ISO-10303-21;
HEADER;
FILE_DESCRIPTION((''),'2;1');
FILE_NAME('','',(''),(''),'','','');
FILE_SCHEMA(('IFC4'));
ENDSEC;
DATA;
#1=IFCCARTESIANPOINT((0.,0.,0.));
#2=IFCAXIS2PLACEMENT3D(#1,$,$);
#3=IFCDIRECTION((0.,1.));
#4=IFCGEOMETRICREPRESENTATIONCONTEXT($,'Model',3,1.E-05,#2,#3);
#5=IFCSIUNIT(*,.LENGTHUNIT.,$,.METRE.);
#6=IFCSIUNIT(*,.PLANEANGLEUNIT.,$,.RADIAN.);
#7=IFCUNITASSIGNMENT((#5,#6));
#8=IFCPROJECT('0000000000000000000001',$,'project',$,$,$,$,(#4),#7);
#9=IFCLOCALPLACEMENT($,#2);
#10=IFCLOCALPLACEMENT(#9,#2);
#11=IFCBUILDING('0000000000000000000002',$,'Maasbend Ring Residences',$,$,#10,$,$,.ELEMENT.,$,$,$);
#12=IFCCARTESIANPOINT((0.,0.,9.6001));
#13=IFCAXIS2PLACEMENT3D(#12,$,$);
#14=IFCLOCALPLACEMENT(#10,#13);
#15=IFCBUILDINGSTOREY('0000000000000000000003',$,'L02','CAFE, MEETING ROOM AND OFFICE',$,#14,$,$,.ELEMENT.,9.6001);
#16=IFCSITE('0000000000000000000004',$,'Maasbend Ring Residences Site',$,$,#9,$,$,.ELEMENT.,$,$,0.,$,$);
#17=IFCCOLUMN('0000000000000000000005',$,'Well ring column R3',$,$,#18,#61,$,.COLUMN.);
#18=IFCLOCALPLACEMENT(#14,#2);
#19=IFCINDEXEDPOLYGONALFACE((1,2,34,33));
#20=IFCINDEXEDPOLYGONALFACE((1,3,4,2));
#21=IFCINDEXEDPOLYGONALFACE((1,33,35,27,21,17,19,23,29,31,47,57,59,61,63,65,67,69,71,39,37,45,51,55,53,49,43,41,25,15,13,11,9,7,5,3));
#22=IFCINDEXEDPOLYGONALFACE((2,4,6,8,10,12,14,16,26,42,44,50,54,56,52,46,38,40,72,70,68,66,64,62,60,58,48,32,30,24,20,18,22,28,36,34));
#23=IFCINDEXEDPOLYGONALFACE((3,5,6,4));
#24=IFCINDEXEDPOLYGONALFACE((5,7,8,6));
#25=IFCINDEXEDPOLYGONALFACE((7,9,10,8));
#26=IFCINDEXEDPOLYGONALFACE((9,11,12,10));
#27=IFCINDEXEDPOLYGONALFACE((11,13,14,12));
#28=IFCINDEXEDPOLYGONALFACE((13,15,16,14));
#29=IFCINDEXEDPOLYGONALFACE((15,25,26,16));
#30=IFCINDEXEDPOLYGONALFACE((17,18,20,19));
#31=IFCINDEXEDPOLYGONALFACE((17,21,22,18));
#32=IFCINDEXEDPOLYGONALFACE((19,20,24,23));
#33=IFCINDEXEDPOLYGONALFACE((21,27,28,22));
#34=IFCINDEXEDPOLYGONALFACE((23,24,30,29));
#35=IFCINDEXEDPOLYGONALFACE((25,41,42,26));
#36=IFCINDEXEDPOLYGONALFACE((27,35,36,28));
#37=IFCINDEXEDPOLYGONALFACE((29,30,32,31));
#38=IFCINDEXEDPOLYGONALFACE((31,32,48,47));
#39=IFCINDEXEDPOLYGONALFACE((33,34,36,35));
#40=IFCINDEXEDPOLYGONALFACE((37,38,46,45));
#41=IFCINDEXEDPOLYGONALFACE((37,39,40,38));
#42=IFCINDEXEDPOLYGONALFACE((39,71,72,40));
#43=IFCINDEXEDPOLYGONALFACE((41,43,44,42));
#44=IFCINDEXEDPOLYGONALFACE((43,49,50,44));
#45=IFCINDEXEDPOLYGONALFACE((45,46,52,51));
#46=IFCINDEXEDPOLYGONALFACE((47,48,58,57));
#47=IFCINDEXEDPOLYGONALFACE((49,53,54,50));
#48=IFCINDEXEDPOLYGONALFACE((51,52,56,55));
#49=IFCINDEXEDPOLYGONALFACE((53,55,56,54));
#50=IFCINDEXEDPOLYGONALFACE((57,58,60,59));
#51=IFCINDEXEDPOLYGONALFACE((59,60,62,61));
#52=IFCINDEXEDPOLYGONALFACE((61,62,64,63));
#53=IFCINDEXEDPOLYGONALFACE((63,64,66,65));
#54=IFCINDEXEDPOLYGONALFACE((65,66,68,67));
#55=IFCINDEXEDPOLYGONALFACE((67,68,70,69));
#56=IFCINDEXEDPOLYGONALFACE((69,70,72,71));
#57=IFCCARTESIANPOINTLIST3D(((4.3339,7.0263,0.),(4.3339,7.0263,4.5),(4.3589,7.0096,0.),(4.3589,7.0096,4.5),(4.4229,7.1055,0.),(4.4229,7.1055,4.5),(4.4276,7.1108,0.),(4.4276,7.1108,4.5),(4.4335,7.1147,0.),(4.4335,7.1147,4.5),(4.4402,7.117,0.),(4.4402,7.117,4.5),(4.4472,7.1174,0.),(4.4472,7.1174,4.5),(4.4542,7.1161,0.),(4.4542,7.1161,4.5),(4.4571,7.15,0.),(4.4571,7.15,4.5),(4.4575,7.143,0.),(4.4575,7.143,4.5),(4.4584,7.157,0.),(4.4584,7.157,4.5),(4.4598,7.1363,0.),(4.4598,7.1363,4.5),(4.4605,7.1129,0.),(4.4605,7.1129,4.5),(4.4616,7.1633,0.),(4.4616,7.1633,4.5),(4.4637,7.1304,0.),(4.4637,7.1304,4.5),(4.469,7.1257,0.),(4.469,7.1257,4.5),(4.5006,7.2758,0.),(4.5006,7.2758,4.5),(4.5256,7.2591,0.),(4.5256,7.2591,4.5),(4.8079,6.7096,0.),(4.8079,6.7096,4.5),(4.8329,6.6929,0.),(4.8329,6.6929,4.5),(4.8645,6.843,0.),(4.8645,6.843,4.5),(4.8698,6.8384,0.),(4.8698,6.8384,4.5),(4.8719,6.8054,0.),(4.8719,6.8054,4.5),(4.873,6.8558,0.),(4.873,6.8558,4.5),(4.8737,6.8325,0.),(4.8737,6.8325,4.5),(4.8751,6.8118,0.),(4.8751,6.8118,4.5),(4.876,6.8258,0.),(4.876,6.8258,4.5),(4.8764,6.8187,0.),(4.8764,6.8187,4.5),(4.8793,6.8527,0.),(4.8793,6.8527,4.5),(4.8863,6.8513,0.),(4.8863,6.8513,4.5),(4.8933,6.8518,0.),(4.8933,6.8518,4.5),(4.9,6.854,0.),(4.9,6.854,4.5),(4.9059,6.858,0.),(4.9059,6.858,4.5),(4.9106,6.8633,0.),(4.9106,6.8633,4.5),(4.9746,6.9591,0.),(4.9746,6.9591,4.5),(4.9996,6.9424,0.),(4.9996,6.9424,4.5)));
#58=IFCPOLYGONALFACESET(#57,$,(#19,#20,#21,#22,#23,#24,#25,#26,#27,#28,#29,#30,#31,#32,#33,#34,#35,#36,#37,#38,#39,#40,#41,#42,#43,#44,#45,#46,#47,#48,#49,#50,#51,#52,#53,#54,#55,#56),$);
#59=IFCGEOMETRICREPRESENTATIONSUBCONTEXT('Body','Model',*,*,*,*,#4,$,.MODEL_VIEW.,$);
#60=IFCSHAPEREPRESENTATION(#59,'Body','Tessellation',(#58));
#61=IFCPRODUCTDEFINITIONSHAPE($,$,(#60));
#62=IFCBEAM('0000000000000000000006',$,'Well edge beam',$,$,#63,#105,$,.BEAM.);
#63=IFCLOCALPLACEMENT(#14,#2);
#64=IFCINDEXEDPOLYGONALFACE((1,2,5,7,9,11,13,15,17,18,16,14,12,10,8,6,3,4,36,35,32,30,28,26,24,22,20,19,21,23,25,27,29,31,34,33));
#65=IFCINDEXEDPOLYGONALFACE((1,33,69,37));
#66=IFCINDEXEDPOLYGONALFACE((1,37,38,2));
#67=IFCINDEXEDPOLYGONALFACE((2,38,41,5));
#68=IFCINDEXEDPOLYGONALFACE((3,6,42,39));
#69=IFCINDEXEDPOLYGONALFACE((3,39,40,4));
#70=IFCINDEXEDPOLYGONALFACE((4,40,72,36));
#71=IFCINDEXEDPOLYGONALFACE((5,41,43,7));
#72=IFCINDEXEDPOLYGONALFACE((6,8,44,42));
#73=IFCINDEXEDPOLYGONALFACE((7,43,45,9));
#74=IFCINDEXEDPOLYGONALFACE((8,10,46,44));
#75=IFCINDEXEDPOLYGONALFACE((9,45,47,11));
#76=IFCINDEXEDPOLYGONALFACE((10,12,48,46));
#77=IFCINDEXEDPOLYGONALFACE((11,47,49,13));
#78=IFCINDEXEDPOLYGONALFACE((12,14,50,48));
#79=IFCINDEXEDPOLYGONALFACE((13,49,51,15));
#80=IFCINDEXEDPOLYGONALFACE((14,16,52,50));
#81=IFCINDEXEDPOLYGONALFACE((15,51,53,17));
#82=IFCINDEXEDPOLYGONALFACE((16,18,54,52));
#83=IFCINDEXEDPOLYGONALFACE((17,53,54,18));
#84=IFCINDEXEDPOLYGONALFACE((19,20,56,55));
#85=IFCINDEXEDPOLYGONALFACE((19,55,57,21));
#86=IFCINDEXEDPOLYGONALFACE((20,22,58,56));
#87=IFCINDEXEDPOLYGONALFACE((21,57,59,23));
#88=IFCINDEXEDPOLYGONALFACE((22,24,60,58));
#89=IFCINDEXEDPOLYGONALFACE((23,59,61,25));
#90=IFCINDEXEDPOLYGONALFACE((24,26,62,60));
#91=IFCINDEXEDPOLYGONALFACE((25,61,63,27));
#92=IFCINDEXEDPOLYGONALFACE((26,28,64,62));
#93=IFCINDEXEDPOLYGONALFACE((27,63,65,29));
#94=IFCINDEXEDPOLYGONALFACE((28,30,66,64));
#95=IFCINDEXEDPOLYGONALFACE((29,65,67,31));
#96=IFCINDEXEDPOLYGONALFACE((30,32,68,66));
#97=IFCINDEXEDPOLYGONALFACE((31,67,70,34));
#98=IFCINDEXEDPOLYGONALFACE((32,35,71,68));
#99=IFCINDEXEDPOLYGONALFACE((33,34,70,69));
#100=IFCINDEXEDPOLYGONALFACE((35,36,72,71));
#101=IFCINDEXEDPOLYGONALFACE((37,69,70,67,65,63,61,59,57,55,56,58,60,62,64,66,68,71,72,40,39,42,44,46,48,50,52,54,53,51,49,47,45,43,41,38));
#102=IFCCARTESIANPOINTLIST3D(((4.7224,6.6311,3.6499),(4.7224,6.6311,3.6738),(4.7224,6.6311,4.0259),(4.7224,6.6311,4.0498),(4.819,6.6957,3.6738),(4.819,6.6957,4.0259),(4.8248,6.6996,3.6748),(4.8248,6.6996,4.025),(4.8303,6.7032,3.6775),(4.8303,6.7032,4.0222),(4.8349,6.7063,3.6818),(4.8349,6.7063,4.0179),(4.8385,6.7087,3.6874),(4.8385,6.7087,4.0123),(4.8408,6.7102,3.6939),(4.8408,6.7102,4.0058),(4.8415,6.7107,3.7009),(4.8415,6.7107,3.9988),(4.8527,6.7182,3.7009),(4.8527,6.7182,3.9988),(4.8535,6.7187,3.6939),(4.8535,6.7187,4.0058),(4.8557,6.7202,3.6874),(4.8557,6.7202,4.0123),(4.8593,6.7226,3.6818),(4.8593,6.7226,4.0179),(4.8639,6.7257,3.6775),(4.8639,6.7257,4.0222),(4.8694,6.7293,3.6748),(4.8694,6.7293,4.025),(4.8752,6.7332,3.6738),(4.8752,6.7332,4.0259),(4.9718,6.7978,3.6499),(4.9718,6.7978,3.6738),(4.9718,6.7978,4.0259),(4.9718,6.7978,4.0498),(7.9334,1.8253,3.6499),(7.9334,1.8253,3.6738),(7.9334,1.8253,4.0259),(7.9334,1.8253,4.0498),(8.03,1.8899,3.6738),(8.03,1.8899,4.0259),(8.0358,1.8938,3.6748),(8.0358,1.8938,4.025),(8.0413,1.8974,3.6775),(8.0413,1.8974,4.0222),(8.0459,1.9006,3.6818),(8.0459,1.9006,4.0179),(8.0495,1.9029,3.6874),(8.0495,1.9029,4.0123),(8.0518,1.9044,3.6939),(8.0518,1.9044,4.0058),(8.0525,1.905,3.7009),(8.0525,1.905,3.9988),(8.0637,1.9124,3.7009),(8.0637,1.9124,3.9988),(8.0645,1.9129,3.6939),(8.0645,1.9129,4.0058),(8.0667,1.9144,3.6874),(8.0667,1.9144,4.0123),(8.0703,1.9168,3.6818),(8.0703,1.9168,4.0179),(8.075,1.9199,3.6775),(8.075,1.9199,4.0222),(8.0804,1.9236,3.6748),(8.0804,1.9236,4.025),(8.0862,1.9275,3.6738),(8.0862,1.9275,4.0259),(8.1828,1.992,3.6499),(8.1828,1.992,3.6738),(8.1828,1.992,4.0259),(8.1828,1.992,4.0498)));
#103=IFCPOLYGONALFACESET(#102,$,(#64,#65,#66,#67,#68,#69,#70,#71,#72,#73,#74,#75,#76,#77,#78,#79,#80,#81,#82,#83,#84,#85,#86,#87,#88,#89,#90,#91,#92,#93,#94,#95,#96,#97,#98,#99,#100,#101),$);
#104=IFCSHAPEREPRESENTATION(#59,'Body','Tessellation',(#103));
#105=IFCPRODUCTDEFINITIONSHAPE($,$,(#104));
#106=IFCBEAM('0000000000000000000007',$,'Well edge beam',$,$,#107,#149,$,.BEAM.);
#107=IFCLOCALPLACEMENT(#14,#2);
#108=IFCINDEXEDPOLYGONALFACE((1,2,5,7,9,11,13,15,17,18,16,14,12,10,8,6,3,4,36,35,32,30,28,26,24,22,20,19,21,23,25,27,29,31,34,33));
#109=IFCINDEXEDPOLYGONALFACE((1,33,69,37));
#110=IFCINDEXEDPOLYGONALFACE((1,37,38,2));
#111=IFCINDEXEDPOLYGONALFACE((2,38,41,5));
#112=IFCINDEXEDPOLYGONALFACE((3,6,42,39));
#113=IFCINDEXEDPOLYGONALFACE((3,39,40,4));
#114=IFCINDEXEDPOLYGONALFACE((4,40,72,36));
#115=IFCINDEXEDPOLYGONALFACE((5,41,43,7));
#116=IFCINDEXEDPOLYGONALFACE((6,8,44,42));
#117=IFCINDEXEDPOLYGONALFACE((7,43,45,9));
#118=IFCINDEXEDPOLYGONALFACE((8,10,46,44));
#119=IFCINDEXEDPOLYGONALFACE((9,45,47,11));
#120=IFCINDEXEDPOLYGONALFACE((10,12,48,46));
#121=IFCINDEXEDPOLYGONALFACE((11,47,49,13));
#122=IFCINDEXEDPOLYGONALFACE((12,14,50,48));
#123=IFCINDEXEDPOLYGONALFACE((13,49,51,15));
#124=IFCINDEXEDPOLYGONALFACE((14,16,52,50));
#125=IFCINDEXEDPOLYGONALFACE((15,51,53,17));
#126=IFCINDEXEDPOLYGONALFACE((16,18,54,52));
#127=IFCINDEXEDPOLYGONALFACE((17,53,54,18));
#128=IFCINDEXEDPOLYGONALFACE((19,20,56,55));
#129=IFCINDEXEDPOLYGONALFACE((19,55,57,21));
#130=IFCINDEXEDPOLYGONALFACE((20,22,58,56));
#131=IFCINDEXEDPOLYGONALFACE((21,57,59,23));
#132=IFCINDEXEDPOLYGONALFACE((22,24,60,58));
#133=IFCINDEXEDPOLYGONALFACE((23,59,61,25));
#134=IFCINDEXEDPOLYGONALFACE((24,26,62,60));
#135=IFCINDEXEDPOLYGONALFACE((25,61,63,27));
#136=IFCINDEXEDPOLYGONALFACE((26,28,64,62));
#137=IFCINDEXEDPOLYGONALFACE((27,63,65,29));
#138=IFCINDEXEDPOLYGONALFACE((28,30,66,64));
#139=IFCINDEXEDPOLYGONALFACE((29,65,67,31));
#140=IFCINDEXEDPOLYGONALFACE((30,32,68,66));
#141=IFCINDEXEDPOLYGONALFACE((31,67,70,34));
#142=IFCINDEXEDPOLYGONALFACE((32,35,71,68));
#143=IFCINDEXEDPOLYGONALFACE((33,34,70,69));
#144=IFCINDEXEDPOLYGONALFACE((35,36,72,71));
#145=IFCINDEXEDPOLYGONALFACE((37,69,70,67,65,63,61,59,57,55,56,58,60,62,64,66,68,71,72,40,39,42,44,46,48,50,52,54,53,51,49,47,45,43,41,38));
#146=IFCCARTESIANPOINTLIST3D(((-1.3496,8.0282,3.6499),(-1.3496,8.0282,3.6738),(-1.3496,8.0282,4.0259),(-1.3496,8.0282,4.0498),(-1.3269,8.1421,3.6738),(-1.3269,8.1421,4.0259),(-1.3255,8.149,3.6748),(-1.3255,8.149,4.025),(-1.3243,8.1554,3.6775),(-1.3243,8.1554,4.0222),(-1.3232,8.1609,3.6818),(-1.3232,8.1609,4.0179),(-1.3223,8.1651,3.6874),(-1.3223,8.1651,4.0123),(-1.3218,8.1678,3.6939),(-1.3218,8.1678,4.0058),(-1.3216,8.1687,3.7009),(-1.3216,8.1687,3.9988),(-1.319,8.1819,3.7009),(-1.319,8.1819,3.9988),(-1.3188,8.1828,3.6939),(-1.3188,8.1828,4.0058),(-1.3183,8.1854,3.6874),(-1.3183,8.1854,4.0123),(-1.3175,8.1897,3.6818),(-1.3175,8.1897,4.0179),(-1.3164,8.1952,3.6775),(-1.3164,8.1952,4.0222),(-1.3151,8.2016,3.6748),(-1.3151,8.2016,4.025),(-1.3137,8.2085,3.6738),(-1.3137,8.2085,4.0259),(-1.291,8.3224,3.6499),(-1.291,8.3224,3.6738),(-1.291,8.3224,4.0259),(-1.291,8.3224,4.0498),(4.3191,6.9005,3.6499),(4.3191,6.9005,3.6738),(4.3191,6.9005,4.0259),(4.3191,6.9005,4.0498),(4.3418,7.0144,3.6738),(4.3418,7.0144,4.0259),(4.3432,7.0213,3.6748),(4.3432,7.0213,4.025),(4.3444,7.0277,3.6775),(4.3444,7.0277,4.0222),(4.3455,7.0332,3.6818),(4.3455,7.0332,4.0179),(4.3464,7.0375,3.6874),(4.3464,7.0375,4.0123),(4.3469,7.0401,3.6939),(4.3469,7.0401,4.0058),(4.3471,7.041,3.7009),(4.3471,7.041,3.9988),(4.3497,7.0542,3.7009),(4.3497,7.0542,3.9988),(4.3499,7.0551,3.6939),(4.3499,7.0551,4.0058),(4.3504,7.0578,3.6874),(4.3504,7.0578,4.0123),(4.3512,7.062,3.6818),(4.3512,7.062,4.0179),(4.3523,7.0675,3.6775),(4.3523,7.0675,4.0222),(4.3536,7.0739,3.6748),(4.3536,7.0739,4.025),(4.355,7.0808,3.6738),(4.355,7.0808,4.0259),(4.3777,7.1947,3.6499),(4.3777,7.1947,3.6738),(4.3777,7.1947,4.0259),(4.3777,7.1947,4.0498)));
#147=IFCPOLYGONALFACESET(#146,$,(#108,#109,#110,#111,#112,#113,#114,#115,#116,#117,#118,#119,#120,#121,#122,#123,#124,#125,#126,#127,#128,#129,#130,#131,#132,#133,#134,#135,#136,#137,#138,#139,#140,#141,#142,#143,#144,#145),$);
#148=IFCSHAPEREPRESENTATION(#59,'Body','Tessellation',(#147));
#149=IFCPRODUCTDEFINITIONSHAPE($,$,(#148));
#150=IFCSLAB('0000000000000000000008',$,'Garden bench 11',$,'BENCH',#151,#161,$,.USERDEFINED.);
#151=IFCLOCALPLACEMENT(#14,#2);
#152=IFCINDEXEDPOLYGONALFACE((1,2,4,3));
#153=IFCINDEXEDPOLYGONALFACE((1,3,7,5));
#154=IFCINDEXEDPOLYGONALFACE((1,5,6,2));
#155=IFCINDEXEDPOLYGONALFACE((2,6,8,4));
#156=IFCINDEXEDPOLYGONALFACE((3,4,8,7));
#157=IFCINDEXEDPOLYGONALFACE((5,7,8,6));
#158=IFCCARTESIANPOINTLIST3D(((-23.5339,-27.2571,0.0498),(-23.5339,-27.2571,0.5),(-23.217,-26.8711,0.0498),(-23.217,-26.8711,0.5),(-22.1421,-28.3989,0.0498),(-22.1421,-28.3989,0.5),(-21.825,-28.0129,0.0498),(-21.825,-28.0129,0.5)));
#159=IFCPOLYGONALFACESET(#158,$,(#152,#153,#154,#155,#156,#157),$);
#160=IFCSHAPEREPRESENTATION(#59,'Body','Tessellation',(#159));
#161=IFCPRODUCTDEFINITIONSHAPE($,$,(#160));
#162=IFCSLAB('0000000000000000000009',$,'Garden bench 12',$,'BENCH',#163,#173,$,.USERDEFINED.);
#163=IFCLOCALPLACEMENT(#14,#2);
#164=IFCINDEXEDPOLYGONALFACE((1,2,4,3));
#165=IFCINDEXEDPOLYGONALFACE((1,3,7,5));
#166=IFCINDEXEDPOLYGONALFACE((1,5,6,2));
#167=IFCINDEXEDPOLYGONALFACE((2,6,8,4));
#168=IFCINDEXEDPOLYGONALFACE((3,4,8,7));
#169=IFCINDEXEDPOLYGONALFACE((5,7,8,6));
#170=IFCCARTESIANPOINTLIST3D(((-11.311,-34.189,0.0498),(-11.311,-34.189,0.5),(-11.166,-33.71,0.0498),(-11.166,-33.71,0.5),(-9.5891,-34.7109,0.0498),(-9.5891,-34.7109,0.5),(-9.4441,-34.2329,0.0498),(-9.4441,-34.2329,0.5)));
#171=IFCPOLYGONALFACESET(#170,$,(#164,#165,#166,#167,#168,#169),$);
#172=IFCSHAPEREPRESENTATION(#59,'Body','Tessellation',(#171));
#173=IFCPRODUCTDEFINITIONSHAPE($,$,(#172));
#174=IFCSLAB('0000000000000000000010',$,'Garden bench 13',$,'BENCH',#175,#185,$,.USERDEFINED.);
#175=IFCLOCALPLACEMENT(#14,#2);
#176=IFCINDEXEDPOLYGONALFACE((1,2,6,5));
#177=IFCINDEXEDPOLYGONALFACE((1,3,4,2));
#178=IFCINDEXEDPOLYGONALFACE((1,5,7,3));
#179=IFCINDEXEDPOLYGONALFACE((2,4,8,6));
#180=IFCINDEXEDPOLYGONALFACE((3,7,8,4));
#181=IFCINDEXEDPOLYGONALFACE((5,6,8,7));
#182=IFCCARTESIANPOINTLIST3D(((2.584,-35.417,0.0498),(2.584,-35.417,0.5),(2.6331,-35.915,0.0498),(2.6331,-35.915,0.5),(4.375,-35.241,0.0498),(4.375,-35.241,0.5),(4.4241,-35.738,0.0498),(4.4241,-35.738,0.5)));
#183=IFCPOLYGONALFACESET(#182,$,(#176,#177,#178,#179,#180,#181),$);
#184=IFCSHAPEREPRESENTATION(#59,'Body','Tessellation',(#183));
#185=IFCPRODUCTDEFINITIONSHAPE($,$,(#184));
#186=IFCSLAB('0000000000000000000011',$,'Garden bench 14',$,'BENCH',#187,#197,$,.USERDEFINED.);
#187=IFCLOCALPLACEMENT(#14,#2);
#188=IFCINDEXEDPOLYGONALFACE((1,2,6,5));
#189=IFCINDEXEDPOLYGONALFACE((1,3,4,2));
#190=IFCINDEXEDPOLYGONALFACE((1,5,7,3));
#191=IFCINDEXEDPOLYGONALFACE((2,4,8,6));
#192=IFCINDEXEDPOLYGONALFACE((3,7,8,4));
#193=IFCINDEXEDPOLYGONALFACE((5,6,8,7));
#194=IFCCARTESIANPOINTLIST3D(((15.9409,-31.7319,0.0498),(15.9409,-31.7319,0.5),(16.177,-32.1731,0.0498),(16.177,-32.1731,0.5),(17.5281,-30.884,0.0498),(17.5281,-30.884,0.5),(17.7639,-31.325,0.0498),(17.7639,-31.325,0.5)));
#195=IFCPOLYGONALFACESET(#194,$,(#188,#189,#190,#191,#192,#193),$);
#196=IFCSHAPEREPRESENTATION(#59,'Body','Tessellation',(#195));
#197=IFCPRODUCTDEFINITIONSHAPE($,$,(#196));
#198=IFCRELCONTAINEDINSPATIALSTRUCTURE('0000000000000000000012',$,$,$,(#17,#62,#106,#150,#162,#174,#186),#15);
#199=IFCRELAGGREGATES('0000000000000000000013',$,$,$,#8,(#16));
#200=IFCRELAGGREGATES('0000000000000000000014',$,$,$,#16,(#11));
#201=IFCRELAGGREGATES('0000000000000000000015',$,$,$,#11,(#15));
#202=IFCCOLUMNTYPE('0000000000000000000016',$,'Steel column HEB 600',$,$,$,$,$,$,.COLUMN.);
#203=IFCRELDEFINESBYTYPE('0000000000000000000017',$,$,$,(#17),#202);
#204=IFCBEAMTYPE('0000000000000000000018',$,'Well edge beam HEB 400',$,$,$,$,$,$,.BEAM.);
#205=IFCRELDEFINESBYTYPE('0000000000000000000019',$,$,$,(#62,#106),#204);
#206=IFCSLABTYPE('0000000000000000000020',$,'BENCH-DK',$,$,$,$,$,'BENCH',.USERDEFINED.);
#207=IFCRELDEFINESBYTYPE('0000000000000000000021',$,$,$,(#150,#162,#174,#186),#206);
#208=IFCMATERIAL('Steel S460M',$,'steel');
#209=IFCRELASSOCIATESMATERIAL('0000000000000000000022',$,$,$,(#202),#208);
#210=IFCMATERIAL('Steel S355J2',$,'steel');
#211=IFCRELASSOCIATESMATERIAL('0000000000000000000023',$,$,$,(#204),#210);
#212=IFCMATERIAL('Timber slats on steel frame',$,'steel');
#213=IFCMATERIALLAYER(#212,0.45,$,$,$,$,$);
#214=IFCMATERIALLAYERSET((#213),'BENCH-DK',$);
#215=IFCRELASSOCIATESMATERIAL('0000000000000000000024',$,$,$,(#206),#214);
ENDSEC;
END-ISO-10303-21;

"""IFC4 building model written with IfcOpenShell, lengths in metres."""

from ifc_helpers import new_model, si_unit, direction, frame, origin, origin_2d, place, context, subcontext, project, spatial, polyline, i_section, outline, extrude, material, layer, layer_set, material_profile, profile_set, type_object, element, save


model = new_model("IFC4")

# Units and contexts
model_context = context("Model", 3, precision=1e-05, world=origin(), true_north=direction((0.0, 1.0)))
body_context = subcontext(model_context, "Body", "Model", "MODEL_VIEW")
ifc_project = project(units=[si_unit("LENGTHUNIT", "METRE"), si_unit("PLANEANGLEUNIT", "RADIAN")], contexts=[model_context])

# Site, building, storey
site_placement = place(None, origin())
site = spatial("IfcSite", under=ifc_project, at=site_placement, Name="Maasbend Ring Residences Site", CompositionType="ELEMENT", RefElevation=0.0)
building_placement = place(site_placement, origin())
building = spatial("IfcBuilding", under=site, at=building_placement, Name="Maasbend Ring Residences", CompositionType="ELEMENT")
storey_placement = place(building_placement, frame((0.0, 0.0, 9.6001)))
storey = spatial("IfcBuildingStorey", under=building, at=storey_placement, Name="L02", Description="CAFE, MEETING ROOM AND OFFICE", CompositionType="ELEMENT", Elevation=9.6001)

# Column
ifc_material_1 = material(Name="Steel S460M", Category="steel")
ifc_material_profile_1 = material_profile(ifc_material_1, i_section(OverallWidth=0.3, OverallDepth=0.6001, WebThickness=0.0154, FlangeThickness=0.03, FilletRadius=0.0271, at=origin_2d()), Name="HEB 600")
ifc_profile_set_1 = profile_set([ifc_material_profile_1], Name="Steel S460M")
column_type = type_object("IfcColumnType", Name="Steel column HEB 600", PredefinedType="COLUMN", material=ifc_profile_set_1)
column_placement = place(storey_placement, frame((4.6667, 6.9844, 0.0), z_axis=(0.0, 0.0, 1.0), x_axis=(0.55557, 0.83147, 0.0)))
element("IfcColumn", 1, at=column_placement, inside=storey, type_object=column_type, Name="Well ring column R3", PredefinedType="COLUMN", context=body_context, shape_type="SweptSolid", body=[
    extrude(i_section(OverallWidth=0.3, OverallDepth=0.6001, WebThickness=0.0154, FlangeThickness=0.03, FilletRadius=0.0271, at=origin_2d()), origin(), (0.0, 0.0, 1.0), 4.5),
])

# Beams
ifc_material_2 = material(Name="Steel S355J2", Category="steel")
ifc_material_profile_2 = material_profile(ifc_material_2, i_section(OverallWidth=0.3, OverallDepth=0.3999, WebThickness=0.0134, FlangeThickness=0.0239, FilletRadius=0.0271, at=origin_2d()), Name="HEB 400")
ifc_profile_set_2 = profile_set([ifc_material_profile_2], Name="Steel S355J2")
beam_type = type_object("IfcBeamType", Name="Well edge beam HEB 400", PredefinedType="BEAM", material=ifc_profile_set_2)
for number, where, z_axis, x_axis, name in (
    (2, (8.0581, 1.9087, 3.8499), (-0.555558, 0.831478, 0.0), (-0.831478, -0.555558, 0.0), "Well edge beam"),
    (3, (4.3484, 7.0476, 3.8499), (-0.980782, 0.195109, 0.0), (-0.195109, -0.980782, 0.0), "Well edge beam"),
):
    element("IfcBeam", number, at=place(storey_placement, frame(where, z_axis=z_axis, x_axis=x_axis)), inside=storey, type_object=beam_type, Name=name, PredefinedType="BEAM", context=body_context, shape_type="SweptSolid", body=[
        extrude(i_section(OverallWidth=0.3, OverallDepth=0.3999, WebThickness=0.0134, FlangeThickness=0.0239, FilletRadius=0.0271, at=origin_2d()), origin(), (0.0, 0.0, 1.0), 5.7798),
    ])

# Slabs
ifc_material_3 = material(Name="Timber slats on steel frame", Category="steel")
ifc_layer_1 = layer(ifc_material_3, 0.45)
ifc_layer_set_1 = layer_set([ifc_layer_1], Name="BENCH-DK")
slab_type_1 = type_object("IfcSlabType", Name="BENCH-DK", ElementType="BENCH", PredefinedType="USERDEFINED", material=ifc_layer_set_1)
slab_1_placement = place(storey_placement, frame((0.0, 0.0, 0.0498)))
element("IfcSlab", 4, at=slab_1_placement, inside=storey, type_object=slab_type_1, Name="Garden bench 11", ObjectType="BENCH", PredefinedType="USERDEFINED", context=body_context, shape_type="SweptSolid", body=[
    extrude(outline(polyline([(-23.5339, -27.2571), (-22.1421, -28.3989), (-21.825, -28.0129), (-23.217, -26.8711), (-23.5339, -27.2571)])), origin(), (0.0, 0.0, 1.0), 0.4502),
])
slab_2_placement = place(storey_placement, frame((0.0, 0.0, 0.0498)))
element("IfcSlab", 5, at=slab_2_placement, inside=storey, type_object=slab_type_1, Name="Garden bench 12", ObjectType="BENCH", PredefinedType="USERDEFINED", context=body_context, shape_type="SweptSolid", body=[
    extrude(outline(polyline([(-11.311, -34.189), (-9.5891, -34.7109), (-9.4441, -34.2329), (-11.166, -33.71), (-11.311, -34.189)])), origin(), (0.0, 0.0, 1.0), 0.4502),
])
slab_3_placement = place(storey_placement, frame((0.0, 0.0, 0.0498)))
element("IfcSlab", 6, at=slab_3_placement, inside=storey, type_object=slab_type_1, Name="Garden bench 13", ObjectType="BENCH", PredefinedType="USERDEFINED", context=body_context, shape_type="SweptSolid", body=[
    extrude(outline(polyline([(2.6331, -35.915), (4.4241, -35.738), (4.375, -35.241), (2.584, -35.417), (2.6331, -35.915)])), origin(), (0.0, 0.0, 1.0), 0.4502),
])
slab_4_placement = place(storey_placement, frame((0.0, 0.0, 0.0498)))
element("IfcSlab", 7, at=slab_4_placement, inside=storey, type_object=slab_type_1, Name="Garden bench 14", ObjectType="BENCH", PredefinedType="USERDEFINED", context=body_context, shape_type="SweptSolid", body=[
    extrude(outline(polyline([(16.177, -32.1731), (17.7639, -31.325), (17.5281, -30.884), (15.9409, -31.7319), (16.177, -32.1731)])), origin(), (0.0, 0.0, 1.0), 0.4502),
])

save(model, "model.ifc")
